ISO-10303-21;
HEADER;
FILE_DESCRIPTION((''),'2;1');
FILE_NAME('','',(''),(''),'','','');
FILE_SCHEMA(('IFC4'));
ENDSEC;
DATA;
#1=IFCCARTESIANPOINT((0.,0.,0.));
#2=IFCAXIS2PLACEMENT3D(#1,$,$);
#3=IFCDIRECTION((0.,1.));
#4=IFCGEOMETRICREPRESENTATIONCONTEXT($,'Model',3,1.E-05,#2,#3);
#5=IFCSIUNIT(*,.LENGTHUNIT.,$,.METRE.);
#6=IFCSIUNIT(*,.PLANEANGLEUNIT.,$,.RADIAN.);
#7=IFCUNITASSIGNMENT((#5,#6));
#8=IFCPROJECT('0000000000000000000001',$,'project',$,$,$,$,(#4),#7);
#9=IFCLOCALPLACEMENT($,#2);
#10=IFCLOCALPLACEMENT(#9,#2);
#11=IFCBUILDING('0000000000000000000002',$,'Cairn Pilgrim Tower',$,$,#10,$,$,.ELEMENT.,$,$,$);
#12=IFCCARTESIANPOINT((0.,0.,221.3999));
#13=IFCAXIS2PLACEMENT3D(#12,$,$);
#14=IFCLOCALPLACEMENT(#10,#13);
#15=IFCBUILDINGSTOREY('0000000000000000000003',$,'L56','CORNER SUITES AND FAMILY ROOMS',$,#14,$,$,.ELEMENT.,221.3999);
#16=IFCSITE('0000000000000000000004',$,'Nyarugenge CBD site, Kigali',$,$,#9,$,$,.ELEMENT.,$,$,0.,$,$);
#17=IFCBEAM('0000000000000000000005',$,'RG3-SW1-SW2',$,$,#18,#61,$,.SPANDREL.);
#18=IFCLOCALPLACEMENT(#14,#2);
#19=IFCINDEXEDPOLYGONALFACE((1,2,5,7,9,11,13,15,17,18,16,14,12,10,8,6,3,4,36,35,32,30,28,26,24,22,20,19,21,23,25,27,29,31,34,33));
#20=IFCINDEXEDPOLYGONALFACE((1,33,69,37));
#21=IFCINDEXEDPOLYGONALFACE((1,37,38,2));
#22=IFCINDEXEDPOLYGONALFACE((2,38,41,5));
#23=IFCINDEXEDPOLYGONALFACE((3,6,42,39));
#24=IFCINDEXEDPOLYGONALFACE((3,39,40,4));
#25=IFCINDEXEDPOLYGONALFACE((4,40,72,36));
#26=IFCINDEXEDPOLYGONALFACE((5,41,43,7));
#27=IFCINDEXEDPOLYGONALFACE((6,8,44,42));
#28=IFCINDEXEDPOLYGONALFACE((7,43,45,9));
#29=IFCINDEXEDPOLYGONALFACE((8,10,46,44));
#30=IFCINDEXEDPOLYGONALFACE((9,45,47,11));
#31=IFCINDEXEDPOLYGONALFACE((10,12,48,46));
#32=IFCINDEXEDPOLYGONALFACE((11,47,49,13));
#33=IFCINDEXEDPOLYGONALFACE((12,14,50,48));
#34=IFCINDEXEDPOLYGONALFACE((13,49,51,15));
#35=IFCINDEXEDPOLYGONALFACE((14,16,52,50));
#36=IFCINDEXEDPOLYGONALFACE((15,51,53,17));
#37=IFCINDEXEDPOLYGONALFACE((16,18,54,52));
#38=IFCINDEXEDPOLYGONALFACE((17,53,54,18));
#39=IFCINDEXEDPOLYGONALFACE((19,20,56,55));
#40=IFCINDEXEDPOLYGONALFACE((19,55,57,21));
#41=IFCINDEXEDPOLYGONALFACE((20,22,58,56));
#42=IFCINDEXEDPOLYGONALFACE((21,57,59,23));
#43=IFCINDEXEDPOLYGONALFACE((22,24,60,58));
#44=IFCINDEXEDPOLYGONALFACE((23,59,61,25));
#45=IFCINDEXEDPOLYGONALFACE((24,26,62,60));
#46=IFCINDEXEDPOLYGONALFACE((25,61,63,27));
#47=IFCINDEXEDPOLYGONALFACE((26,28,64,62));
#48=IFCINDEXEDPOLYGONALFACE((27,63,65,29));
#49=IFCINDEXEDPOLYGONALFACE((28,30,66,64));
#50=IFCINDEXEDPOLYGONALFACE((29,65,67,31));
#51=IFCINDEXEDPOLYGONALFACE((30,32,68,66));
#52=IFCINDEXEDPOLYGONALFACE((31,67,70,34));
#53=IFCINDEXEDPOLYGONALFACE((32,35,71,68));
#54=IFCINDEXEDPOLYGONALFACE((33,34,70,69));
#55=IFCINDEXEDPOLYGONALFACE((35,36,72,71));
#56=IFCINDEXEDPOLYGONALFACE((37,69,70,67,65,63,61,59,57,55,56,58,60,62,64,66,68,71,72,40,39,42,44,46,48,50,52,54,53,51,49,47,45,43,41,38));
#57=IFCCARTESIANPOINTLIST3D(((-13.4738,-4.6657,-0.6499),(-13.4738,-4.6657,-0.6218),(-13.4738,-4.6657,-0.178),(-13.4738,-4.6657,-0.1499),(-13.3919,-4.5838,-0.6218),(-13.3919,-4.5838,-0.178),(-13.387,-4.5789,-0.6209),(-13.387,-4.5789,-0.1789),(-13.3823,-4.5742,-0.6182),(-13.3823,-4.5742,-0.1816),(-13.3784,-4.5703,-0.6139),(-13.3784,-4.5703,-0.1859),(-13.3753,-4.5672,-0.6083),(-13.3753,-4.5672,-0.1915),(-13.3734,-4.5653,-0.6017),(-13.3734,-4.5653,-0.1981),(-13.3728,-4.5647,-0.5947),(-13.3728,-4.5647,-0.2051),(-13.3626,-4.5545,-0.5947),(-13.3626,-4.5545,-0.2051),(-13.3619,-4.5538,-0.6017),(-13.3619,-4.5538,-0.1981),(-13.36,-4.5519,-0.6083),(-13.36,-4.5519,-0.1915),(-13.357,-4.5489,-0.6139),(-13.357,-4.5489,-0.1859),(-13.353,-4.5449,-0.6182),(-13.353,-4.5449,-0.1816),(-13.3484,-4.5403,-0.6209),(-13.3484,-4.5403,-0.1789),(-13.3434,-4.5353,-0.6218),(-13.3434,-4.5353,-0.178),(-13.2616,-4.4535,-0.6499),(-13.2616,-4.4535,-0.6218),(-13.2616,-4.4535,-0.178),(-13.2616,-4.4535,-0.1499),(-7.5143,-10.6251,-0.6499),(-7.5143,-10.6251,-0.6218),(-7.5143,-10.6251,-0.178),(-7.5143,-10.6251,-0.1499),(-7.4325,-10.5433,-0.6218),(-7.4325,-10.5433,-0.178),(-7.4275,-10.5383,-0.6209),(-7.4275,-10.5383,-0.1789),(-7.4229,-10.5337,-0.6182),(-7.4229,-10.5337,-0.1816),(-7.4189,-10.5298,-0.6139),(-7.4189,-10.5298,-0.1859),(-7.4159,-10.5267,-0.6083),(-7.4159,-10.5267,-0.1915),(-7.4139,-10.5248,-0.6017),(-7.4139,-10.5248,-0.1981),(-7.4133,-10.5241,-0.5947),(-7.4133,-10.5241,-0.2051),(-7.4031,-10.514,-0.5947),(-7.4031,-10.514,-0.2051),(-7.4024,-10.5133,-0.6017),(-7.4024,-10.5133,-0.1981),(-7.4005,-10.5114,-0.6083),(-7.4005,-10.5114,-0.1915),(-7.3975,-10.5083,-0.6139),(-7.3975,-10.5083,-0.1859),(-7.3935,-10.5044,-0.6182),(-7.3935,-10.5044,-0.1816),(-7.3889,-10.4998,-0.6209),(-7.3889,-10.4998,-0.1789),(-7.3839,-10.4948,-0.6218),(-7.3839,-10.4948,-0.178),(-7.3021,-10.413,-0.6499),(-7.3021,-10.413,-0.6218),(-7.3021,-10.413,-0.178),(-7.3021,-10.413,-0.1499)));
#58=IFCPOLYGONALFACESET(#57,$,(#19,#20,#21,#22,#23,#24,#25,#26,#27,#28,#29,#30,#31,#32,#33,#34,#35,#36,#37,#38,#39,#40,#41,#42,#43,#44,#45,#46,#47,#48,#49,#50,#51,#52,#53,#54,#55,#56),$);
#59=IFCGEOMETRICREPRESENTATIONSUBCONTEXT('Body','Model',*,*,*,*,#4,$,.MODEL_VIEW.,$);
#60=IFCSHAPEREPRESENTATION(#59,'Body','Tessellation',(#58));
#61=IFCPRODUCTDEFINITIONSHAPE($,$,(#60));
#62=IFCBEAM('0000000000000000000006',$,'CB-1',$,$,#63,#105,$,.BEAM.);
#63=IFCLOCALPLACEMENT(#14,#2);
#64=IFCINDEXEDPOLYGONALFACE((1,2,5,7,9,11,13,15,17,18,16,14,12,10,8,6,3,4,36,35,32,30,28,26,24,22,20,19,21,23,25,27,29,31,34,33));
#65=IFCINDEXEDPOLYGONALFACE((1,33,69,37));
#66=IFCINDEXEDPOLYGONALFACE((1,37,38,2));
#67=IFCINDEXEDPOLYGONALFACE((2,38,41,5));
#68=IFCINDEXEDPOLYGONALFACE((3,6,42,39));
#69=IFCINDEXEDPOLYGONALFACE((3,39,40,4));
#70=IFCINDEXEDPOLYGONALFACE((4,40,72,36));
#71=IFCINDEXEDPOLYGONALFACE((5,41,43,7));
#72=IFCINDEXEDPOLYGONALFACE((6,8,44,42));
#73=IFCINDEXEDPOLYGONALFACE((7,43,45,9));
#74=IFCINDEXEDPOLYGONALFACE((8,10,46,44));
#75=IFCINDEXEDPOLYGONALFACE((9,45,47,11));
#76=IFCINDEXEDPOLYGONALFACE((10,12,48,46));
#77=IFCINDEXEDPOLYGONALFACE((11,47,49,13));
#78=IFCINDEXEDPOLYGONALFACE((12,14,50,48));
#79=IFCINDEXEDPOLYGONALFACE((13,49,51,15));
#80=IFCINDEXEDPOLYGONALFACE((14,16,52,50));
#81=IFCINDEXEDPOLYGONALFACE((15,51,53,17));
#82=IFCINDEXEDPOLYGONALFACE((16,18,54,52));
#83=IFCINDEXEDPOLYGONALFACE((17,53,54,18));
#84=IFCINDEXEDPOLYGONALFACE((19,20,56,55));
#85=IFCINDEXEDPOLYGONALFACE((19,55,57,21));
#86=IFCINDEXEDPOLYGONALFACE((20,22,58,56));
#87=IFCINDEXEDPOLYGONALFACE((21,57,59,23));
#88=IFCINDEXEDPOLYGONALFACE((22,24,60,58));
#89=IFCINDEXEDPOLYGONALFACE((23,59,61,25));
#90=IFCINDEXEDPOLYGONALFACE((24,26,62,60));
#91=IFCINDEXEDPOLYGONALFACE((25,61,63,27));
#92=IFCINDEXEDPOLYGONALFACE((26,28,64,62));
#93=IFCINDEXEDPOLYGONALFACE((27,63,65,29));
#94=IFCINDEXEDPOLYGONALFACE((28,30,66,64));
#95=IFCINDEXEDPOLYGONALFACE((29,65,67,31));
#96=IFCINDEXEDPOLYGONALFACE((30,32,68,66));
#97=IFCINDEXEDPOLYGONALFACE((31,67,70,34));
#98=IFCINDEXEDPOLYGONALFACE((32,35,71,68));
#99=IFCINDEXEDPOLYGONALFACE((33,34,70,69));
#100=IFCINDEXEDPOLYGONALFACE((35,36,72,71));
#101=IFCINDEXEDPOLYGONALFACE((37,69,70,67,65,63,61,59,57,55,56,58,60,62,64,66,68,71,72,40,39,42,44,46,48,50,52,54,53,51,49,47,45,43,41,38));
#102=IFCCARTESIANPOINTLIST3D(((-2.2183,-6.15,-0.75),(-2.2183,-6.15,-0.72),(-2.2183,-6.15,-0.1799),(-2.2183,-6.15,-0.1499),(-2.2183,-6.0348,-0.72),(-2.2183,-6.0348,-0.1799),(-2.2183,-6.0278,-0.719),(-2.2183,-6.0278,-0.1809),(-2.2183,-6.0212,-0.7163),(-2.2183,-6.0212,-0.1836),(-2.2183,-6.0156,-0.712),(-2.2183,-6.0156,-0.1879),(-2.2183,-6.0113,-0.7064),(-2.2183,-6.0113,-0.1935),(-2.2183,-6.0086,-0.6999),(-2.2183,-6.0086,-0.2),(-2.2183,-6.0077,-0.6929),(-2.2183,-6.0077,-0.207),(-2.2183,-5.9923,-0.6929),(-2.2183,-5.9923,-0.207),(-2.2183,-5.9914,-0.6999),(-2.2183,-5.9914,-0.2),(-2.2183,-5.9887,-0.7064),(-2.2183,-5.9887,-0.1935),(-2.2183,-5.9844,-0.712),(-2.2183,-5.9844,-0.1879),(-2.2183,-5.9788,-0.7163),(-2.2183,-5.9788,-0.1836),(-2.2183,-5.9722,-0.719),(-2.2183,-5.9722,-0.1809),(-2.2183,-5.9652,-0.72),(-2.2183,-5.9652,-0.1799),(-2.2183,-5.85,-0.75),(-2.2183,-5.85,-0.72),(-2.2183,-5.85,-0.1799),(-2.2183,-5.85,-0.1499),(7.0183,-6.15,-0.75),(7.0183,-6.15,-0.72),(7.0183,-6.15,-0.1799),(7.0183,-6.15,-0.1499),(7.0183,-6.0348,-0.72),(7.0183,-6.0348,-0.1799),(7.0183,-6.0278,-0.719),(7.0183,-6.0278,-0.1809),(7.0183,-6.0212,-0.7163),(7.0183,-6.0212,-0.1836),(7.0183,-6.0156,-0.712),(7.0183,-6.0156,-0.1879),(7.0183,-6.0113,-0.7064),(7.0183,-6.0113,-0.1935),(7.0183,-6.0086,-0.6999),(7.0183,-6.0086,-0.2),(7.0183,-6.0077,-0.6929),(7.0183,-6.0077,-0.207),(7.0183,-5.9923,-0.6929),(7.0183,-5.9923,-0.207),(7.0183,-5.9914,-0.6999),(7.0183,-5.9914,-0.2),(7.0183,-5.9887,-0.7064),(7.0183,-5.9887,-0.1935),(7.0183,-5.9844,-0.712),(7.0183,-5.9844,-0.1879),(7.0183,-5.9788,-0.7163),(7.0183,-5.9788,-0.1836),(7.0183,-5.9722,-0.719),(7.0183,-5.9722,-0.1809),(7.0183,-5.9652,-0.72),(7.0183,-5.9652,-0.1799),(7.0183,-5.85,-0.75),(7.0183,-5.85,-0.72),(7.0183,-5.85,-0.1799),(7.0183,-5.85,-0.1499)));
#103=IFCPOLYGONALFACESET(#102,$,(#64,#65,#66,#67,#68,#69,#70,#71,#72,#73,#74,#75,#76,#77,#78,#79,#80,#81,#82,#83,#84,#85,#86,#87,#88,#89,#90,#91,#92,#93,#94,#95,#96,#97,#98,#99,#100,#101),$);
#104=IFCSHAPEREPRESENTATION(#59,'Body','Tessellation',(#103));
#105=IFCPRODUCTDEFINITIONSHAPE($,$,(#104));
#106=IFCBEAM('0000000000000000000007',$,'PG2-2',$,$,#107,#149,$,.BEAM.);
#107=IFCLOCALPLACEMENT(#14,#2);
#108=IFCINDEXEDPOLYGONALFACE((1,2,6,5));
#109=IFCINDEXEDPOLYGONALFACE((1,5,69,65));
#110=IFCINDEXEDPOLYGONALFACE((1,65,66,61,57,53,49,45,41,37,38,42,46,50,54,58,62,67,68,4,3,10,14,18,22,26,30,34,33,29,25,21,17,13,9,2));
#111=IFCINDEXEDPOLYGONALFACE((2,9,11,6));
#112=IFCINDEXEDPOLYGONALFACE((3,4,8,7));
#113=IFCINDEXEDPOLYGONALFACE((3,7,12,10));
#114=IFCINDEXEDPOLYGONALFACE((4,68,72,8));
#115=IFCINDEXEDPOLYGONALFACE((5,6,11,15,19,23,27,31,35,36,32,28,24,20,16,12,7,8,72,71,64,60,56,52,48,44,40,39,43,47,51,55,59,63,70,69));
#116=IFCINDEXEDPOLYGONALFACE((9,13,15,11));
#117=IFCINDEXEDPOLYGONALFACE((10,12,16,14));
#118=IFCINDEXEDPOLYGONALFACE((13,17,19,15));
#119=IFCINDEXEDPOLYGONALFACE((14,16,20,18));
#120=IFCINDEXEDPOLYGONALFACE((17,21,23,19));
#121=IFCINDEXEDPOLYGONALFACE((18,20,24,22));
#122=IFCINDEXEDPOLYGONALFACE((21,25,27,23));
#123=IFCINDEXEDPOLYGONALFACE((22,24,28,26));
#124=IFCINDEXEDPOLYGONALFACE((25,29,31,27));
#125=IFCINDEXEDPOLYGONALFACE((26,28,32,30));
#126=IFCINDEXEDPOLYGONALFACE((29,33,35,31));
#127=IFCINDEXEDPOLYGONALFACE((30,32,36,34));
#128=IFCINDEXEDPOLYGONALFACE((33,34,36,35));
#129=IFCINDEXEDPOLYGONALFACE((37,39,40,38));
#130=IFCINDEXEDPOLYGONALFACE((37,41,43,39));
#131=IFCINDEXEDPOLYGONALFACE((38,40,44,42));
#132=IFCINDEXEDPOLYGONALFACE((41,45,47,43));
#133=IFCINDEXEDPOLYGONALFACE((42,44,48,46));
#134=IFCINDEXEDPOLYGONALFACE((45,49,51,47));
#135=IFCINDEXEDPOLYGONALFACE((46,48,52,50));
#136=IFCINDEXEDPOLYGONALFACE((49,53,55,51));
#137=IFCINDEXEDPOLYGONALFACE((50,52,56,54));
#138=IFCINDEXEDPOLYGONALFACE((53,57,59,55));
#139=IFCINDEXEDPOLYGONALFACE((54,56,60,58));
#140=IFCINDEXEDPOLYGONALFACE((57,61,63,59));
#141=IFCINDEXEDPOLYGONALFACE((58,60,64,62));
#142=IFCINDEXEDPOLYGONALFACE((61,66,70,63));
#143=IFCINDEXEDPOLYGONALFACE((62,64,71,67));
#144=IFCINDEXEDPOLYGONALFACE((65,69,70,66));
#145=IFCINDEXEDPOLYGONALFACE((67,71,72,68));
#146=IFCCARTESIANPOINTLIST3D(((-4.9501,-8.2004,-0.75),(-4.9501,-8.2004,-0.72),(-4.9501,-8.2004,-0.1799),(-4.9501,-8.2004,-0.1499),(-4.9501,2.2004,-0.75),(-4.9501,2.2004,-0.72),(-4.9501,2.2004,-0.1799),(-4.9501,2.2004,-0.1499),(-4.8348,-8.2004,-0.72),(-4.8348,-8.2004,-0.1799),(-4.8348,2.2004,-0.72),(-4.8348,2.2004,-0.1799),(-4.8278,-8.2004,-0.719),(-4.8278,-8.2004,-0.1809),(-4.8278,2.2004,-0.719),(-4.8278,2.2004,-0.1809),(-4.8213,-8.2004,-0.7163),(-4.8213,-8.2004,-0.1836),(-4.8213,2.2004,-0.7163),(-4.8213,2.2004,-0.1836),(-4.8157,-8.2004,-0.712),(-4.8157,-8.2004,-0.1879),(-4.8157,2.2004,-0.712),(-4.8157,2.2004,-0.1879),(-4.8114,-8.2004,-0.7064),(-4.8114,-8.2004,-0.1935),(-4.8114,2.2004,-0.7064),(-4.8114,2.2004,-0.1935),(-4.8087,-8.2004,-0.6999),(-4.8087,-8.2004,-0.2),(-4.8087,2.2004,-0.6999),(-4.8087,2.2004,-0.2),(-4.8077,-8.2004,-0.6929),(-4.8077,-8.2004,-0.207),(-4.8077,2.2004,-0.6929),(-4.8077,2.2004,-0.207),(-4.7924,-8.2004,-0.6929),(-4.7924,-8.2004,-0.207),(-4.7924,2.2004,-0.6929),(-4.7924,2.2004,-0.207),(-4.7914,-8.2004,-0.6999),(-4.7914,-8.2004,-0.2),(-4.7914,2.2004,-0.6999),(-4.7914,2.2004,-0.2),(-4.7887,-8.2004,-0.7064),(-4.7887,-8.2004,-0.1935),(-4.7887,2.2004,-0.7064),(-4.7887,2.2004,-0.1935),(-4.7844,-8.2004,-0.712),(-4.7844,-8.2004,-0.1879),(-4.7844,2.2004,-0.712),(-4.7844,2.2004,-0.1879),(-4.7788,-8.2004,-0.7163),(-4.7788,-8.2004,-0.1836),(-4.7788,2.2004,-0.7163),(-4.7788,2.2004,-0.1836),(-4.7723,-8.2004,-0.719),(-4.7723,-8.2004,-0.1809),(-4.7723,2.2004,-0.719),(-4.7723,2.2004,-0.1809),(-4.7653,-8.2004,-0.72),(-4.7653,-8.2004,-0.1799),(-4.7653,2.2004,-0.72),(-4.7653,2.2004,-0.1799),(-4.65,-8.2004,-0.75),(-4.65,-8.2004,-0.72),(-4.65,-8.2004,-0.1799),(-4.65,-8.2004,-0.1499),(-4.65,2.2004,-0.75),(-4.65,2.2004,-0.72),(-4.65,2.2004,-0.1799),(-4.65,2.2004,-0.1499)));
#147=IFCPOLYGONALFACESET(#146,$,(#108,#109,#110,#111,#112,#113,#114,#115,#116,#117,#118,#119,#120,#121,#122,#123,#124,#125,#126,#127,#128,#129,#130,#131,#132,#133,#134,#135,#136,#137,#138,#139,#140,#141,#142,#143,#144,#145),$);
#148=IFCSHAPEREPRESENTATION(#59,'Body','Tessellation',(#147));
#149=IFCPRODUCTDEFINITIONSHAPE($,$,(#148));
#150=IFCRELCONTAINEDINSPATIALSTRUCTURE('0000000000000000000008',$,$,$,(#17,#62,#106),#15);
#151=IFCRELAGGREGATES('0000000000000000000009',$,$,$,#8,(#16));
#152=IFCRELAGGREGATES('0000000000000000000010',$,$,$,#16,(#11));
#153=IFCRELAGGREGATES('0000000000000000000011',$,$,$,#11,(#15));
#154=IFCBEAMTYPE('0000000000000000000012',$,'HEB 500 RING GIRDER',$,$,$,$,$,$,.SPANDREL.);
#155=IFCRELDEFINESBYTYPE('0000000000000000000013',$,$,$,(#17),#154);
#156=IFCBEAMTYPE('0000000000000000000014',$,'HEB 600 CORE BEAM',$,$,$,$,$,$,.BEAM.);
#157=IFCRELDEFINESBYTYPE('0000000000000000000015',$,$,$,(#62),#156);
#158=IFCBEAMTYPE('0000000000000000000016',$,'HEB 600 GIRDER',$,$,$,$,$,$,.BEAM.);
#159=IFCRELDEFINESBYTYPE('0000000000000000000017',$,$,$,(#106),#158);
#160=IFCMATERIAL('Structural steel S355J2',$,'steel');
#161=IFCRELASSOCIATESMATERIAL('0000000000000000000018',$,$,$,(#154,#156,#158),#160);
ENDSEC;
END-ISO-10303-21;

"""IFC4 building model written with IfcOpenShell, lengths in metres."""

from ifc_helpers import new_model, si_unit, direction, frame, origin, origin_2d, place, context, subcontext, project, spatial, i_section, extrude, material, material_profile, profile_set, type_object, element, save


model = new_model("IFC4")

# Units and contexts
model_context = context("Model", 3, precision=1e-05, world=origin(), true_north=direction((0.0, 1.0)))
body_context = subcontext(model_context, "Body", "Model", "MODEL_VIEW")
ifc_project = project(units=[si_unit("LENGTHUNIT", "METRE"), si_unit("PLANEANGLEUNIT", "RADIAN")], contexts=[model_context])

# Site, building, storey
site_placement = place(None, origin())
site = spatial("IfcSite", under=ifc_project, at=site_placement, Name="Nyarugenge CBD site, Kigali", CompositionType="ELEMENT", RefElevation=0.0)
building_placement = place(site_placement, origin())
building = spatial("IfcBuilding", under=site, at=building_placement, Name="Cairn Pilgrim Tower", CompositionType="ELEMENT")
storey_placement = place(building_placement, frame((0.0, 0.0, 221.3999)))
storey = spatial("IfcBuildingStorey", under=building, at=storey_placement, Name="L56", Description="CORNER SUITES AND FAMILY ROOMS", CompositionType="ELEMENT", Elevation=221.3999)

# Shared definitions
ifc_material_1 = material(Name="Structural steel S355J2", Category="steel")

# Beams
ifc_material_profile_1 = material_profile(ifc_material_1, i_section(OverallWidth=0.3, OverallDepth=0.5, WebThickness=0.0144, FlangeThickness=0.0281, FilletRadius=0.0271, at=origin_2d()), Name="HEB 500")
ifc_profile_set_1 = profile_set([ifc_material_profile_1], Name="Structural steel S355J2")
beam_type_1 = type_object("IfcBeamType", Name="HEB 500 RING GIRDER", PredefinedType="SPANDREL", material=ifc_profile_set_1)
beam_1_placement = place(storey_placement, frame((-13.3677, -4.5596, -0.3999), z_axis=(0.707107, -0.707107, 0.0), x_axis=(0.707107, 0.707107, 0.0)))
element("IfcBeam", 1, at=beam_1_placement, inside=storey, type_object=beam_type_1, Name="RG3-SW1-SW2", PredefinedType="SPANDREL", context=body_context, shape_type="SweptSolid", body=[
    extrude(i_section(OverallWidth=0.3, OverallDepth=0.5, WebThickness=0.0144, FlangeThickness=0.0281, FilletRadius=0.0271, at=origin_2d()), origin(), (0.0, 0.0, 1.0), 8.428),
])
ifc_material_profile_2 = material_profile(ifc_material_1, i_section(OverallWidth=0.3, OverallDepth=0.6001, WebThickness=0.0154, FlangeThickness=0.03, FilletRadius=0.0271, at=origin_2d()), Name="HEB 600")
ifc_profile_set_2 = profile_set([ifc_material_profile_2], Name="Structural steel S355J2")
beam_type_2 = type_object("IfcBeamType", Name="HEB 600 CORE BEAM", PredefinedType="BEAM", material=ifc_profile_set_2)
beam_2_placement = place(storey_placement, frame((-2.2183, -6.0, -0.45), z_axis=(1.0, 0.0, 0.0), x_axis=(0.0, 1.0, 0.0)))
element("IfcBeam", 2, at=beam_2_placement, inside=storey, type_object=beam_type_2, Name="CB-1", PredefinedType="BEAM", context=body_context, shape_type="SweptSolid", body=[
    extrude(i_section(OverallWidth=0.3, OverallDepth=0.6001, WebThickness=0.0154, FlangeThickness=0.03, FilletRadius=0.0271, at=origin_2d()), origin(), (0.0, 0.0, 1.0), 9.2366),
])
ifc_material_profile_3 = material_profile(ifc_material_1, i_section(OverallWidth=0.3, OverallDepth=0.6001, WebThickness=0.0154, FlangeThickness=0.03, FilletRadius=0.0271, at=origin_2d()), Name="HEB 600")
ifc_profile_set_3 = profile_set([ifc_material_profile_3], Name="Structural steel S355J2")
beam_type_3 = type_object("IfcBeamType", Name="HEB 600 GIRDER", PredefinedType="BEAM", material=ifc_profile_set_3)
beam_3_placement = place(storey_placement, frame((-4.8, -8.2004, -0.45), z_axis=(0.0, 1.0, 0.0), x_axis=(-1.0, 0.0, 0.0)))
element("IfcBeam", 3, at=beam_3_placement, inside=storey, type_object=beam_type_3, Name="PG2-2", PredefinedType="BEAM", context=body_context, shape_type="SweptSolid", body=[
    extrude(i_section(OverallWidth=0.3, OverallDepth=0.6001, WebThickness=0.0154, FlangeThickness=0.03, FilletRadius=0.0271, at=origin_2d()), origin(), (0.0, 0.0, 1.0), 10.4009),
])

save(model, "model.ifc")
